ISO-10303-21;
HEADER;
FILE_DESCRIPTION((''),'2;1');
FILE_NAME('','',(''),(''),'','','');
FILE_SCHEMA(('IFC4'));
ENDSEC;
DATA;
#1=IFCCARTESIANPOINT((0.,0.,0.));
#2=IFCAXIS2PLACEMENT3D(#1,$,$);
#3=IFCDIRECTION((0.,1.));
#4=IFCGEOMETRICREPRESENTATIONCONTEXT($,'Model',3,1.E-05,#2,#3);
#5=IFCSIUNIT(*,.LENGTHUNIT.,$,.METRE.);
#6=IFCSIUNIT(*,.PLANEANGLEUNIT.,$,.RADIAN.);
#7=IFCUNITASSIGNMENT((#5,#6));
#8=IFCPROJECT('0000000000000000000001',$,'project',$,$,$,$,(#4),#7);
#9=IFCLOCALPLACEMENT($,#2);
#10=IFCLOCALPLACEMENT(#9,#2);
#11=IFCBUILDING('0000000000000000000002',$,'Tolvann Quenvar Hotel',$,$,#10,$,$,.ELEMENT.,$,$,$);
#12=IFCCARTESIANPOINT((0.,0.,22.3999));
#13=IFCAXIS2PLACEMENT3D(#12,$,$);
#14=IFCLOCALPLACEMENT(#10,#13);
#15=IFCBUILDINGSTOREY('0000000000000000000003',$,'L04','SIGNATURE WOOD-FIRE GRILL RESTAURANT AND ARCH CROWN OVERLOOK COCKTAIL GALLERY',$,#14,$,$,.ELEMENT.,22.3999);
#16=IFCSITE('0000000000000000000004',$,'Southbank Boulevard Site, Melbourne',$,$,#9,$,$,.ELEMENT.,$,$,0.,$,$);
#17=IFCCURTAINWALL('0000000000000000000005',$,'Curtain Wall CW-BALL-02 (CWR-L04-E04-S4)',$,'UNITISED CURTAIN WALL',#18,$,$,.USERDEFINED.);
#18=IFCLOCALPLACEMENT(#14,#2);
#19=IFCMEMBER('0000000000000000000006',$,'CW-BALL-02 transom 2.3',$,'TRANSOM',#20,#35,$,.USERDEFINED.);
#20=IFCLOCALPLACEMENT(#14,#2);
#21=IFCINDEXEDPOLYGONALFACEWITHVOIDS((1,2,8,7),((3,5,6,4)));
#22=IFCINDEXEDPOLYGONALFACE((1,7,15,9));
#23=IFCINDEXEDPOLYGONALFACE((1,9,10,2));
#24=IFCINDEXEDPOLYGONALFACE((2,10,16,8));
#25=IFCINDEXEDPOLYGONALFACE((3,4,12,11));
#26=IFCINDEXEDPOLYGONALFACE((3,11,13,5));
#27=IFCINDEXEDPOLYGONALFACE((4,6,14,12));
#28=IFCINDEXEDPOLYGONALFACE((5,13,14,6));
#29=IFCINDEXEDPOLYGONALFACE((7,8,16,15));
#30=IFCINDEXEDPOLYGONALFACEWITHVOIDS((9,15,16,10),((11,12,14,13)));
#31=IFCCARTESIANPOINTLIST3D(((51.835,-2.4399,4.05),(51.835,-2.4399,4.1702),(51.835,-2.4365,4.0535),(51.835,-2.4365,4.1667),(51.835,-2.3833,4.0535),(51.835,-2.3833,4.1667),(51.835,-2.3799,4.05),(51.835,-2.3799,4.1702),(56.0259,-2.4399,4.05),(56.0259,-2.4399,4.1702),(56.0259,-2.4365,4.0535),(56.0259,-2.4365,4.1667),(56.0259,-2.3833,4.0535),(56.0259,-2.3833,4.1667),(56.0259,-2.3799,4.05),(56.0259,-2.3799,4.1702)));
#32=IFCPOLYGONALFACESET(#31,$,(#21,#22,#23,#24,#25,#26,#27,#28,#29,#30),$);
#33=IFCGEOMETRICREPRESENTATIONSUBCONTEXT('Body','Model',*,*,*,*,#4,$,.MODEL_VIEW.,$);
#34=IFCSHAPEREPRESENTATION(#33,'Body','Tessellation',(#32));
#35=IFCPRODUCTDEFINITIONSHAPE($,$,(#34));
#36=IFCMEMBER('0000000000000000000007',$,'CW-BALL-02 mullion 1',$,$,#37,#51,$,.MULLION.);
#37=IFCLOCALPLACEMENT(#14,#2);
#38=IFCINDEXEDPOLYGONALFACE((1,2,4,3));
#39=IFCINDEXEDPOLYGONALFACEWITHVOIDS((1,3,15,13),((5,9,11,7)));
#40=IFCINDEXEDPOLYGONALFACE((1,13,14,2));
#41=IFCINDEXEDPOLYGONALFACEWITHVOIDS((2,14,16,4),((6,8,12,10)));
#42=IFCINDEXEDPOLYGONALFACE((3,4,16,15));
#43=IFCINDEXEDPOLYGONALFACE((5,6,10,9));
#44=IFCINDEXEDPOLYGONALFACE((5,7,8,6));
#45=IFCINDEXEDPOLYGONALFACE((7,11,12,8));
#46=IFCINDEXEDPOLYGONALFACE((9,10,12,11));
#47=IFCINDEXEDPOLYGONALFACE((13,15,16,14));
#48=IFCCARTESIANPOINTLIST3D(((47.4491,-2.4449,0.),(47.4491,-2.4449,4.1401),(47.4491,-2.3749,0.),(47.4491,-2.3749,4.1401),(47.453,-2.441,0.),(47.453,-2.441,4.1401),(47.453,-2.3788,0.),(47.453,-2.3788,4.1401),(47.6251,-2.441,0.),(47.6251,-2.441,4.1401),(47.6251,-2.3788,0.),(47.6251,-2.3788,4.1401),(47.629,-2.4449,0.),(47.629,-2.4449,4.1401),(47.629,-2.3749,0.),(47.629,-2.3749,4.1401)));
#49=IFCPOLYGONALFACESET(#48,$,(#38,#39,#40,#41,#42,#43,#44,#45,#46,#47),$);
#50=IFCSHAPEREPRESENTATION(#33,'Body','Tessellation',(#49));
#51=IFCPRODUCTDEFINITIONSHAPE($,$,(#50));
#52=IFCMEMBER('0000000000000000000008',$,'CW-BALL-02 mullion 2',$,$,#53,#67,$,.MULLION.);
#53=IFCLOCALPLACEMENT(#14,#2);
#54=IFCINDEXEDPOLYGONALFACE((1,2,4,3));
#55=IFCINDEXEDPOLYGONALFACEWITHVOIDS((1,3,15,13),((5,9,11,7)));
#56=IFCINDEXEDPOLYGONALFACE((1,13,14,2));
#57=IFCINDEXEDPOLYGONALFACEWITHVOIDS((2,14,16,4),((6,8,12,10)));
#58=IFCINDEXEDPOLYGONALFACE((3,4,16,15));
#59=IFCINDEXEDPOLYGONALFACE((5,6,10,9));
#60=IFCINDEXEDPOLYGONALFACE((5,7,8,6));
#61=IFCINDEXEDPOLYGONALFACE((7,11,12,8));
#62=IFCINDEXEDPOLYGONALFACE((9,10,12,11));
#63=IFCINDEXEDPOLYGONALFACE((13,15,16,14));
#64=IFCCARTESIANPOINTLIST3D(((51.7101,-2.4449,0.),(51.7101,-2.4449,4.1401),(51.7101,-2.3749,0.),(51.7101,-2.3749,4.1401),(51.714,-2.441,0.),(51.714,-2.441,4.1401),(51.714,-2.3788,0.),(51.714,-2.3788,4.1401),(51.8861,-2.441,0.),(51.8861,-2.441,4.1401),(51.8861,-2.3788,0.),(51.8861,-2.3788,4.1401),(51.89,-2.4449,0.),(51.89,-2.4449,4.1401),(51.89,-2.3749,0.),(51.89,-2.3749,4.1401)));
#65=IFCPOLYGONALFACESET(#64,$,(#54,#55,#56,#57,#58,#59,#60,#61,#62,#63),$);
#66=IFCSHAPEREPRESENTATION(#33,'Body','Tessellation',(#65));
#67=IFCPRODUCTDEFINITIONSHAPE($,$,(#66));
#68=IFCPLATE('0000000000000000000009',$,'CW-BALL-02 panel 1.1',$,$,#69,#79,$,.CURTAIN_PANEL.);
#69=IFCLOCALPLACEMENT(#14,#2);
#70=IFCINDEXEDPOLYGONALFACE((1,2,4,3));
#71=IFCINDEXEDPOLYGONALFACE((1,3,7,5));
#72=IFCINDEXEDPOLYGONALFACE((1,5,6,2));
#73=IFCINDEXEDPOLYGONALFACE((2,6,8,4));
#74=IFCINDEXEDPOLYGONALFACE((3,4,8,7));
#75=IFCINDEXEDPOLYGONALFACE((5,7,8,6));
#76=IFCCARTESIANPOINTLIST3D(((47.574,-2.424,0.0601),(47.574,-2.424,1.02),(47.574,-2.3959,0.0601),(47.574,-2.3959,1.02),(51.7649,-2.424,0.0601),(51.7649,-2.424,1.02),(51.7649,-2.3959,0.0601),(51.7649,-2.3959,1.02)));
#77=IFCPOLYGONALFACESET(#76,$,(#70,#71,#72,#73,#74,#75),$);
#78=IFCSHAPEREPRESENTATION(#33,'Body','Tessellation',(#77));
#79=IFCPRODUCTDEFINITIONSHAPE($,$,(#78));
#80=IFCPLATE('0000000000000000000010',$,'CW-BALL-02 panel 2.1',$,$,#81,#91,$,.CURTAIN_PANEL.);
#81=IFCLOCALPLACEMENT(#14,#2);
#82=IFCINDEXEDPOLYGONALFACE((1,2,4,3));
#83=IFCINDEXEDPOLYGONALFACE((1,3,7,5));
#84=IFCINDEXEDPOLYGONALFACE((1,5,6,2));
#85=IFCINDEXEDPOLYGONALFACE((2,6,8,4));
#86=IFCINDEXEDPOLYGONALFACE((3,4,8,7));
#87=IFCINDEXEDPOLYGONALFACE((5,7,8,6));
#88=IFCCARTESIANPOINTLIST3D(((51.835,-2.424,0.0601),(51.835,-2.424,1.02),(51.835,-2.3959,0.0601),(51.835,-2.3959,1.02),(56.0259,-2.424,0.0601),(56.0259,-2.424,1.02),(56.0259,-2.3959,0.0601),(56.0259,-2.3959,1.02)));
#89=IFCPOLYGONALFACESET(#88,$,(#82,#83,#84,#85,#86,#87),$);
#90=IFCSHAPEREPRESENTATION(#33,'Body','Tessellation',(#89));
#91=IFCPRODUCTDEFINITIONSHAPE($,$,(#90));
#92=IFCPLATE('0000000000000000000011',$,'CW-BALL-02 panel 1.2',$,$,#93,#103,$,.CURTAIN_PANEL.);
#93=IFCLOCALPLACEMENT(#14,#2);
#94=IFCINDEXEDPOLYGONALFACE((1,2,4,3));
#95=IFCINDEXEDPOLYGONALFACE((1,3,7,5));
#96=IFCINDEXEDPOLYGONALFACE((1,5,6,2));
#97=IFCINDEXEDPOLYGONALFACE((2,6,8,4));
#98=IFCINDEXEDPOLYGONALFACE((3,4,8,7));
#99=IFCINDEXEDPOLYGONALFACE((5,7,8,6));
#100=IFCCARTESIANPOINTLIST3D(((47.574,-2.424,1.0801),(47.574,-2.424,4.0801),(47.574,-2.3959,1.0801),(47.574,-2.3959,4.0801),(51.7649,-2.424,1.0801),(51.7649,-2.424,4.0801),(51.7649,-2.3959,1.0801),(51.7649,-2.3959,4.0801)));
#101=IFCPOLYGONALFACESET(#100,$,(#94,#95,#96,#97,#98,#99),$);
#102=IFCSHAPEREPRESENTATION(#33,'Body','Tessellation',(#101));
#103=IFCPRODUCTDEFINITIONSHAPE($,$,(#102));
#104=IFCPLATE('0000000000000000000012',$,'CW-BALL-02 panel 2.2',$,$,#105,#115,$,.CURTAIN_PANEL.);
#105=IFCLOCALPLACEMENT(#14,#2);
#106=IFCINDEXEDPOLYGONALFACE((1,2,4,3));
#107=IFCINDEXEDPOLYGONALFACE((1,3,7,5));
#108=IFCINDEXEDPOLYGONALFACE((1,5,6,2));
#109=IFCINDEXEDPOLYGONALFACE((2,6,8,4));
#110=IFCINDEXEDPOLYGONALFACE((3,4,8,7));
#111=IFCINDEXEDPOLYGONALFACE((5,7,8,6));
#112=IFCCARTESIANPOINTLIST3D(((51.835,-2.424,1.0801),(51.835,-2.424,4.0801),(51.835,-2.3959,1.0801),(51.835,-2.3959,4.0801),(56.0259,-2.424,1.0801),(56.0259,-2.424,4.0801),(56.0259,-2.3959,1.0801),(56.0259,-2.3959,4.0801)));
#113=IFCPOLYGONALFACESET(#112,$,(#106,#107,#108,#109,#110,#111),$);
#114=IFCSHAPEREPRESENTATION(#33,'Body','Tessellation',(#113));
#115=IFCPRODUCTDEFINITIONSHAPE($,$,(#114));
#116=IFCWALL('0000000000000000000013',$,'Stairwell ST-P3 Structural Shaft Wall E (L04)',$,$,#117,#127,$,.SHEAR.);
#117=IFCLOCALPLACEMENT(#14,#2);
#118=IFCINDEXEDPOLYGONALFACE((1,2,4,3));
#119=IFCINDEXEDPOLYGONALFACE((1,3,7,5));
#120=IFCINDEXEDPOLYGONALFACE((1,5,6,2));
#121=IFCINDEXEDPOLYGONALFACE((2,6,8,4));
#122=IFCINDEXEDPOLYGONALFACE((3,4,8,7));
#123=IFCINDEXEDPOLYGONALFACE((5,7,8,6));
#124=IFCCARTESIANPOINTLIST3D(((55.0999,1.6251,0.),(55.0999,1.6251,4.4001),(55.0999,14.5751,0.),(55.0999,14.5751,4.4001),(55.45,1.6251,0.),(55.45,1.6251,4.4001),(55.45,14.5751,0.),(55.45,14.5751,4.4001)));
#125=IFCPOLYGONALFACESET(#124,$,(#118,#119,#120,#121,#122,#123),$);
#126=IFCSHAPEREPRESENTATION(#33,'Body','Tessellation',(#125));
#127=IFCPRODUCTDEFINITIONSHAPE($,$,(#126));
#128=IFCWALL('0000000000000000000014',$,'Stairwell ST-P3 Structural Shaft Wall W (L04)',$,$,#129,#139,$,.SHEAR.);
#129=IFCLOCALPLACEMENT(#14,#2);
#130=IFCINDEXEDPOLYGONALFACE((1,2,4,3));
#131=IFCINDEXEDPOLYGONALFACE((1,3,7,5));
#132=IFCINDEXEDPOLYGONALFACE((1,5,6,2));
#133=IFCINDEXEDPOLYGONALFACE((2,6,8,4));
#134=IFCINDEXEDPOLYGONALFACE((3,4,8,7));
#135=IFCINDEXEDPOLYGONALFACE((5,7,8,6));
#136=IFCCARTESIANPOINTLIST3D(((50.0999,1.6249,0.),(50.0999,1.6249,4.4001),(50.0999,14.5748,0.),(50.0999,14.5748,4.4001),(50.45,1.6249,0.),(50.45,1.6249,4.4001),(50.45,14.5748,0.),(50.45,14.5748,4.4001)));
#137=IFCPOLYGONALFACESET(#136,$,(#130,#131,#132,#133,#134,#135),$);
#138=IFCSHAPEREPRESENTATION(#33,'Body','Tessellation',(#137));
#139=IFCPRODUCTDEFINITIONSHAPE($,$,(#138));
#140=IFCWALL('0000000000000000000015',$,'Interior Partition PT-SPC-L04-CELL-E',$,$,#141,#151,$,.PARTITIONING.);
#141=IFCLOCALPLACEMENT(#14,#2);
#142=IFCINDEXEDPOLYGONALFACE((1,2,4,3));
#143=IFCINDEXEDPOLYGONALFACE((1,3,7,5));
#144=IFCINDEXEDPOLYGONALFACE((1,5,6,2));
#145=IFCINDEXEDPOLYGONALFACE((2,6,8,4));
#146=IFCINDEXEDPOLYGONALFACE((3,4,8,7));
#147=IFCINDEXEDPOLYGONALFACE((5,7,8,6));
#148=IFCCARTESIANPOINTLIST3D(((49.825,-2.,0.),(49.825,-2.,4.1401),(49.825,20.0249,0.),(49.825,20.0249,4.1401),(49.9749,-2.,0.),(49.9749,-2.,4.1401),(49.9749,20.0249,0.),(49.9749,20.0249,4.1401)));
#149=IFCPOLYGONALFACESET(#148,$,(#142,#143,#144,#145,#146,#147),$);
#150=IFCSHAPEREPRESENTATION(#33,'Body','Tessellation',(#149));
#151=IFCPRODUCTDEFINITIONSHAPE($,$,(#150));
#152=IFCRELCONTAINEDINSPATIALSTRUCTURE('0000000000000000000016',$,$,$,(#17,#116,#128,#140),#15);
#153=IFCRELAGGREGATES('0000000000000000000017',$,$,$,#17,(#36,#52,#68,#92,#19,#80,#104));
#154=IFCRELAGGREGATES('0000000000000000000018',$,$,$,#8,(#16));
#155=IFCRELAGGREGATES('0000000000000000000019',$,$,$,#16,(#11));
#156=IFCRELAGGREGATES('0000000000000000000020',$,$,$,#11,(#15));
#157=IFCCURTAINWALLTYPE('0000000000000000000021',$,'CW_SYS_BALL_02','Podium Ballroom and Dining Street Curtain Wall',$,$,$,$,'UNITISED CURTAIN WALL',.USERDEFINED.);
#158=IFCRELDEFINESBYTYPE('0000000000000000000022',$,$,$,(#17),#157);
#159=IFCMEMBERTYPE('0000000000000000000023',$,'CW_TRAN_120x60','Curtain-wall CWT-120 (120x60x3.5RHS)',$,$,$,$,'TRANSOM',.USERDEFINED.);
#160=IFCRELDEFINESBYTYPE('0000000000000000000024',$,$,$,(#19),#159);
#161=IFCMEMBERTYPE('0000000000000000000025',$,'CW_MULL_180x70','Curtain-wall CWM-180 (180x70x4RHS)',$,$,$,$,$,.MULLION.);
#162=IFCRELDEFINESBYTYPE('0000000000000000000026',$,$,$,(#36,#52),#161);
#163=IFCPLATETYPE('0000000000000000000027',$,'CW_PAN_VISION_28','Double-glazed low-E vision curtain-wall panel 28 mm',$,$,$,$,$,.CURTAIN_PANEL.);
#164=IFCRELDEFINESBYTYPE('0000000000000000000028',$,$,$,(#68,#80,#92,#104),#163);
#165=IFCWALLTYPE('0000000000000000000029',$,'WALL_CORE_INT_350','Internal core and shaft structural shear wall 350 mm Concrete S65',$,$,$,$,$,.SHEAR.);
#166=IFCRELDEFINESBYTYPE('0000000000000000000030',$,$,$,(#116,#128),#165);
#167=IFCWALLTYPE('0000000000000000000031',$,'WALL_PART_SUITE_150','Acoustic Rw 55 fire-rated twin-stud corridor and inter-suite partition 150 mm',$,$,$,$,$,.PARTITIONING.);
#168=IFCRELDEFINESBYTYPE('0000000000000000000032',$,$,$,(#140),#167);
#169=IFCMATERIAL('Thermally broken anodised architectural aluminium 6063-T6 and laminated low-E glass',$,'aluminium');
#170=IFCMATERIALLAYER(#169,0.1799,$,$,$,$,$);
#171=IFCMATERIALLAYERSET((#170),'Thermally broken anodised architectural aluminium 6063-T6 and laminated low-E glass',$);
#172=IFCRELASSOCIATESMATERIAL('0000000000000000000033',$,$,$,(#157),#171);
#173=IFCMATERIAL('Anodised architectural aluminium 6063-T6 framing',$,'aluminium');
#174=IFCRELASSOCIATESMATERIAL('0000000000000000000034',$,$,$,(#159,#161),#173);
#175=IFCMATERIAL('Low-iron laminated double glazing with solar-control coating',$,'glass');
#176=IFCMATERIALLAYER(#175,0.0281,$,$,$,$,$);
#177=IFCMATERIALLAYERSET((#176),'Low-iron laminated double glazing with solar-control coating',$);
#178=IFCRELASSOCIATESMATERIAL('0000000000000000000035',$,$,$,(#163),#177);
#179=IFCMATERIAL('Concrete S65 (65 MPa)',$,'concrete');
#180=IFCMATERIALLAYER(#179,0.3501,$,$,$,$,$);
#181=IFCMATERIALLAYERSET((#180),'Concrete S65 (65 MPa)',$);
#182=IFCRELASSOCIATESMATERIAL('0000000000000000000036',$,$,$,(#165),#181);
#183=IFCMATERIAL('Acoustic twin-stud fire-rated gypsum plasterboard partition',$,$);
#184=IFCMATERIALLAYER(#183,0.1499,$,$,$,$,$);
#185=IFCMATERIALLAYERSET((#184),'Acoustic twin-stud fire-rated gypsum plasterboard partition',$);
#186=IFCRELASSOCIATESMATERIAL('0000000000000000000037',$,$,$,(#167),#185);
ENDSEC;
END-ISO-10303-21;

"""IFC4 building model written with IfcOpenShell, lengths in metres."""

from ifc_helpers import new_model, si_unit, direction, frame, frame_2d, origin, origin_2d, place, context, subcontext, project, spatial, rectangle, hollow_rectangle, extrude, source, transform, mapped, material, layer, layer_set, material_profile, profile_set, type_object, type_shapes, element, aggregate, save


model = new_model("IFC4")

# Units and contexts
model_context = context("Model", 3, precision=1e-05, world=origin(), true_north=direction((0.0, 1.0)))
body_context = subcontext(model_context, "Body", "Model", "MODEL_VIEW")
ifc_project = project(units=[si_unit("LENGTHUNIT", "METRE"), si_unit("PLANEANGLEUNIT", "RADIAN")], contexts=[model_context])

# Site, building, storey
site_placement = place(None, origin())
site = spatial("IfcSite", under=ifc_project, at=site_placement, Name="Southbank Boulevard Site, Melbourne", CompositionType="ELEMENT", RefElevation=0.0)
building_placement = place(site_placement, origin())
building = spatial("IfcBuilding", under=site, at=building_placement, Name="Tolvann Quenvar Hotel", CompositionType="ELEMENT")
storey_placement = place(building_placement, frame((0.0, 0.0, 22.3999)))
storey = spatial("IfcBuildingStorey", under=building, at=storey_placement, Name="L04", Description="SIGNATURE WOOD-FIRE GRILL RESTAURANT AND ARCH CROWN OVERLOOK COCKTAIL GALLERY", CompositionType="ELEMENT", Elevation=22.3999)

# Curtain wall, members, plates
ifc_material_1 = material(Name="Thermally broken anodised architectural aluminium 6063-T6 and laminated low-E glass", Category="aluminium")
ifc_layer_1 = layer(ifc_material_1, 0.1799)
ifc_layer_set_1 = layer_set([ifc_layer_1], Name="Thermally broken anodised architectural aluminium 6063-T6 and laminated low-E glass")
curtain_wall_type = type_object("IfcCurtainWallType", Name="CW_SYS_BALL_02", Description="Podium Ballroom and Dining Street Curtain Wall", ElementType="UNITISED CURTAIN WALL", PredefinedType="USERDEFINED", material=ifc_layer_set_1)
curtain_wall_placement = place(storey_placement, origin())
curtain_wall = element("IfcCurtainWall", 1, at=curtain_wall_placement, inside=storey, type_object=curtain_wall_type, Name="Curtain Wall CW-BALL-02 (CWR-L04-E04-S4)", ObjectType="UNITISED CURTAIN WALL", PredefinedType="USERDEFINED")
ifc_material_2 = material(Name="Anodised architectural aluminium 6063-T6 framing", Category="aluminium")
ifc_material_profile_1 = material_profile(ifc_material_2, hollow_rectangle(XDim=0.0601, YDim=0.1201, WallThickness=0.0034, at=origin_2d()), Name="120x60x3.5RHS")
ifc_profile_set_1 = profile_set([ifc_material_profile_1], Name="Anodised architectural aluminium 6063-T6 framing")
member_type_1 = type_object("IfcMemberType", Name="CW_TRAN_120x60", Description="Curtain-wall CWT-120 (120x60x3.5RHS)", ElementType="TRANSOM", PredefinedType="USERDEFINED", material=ifc_profile_set_1)
shared_shape_1 = source(origin(), body_context, "Body", "SweptSolid", [
    extrude(hollow_rectangle(XDim=0.0601, YDim=0.1201, WallThickness=0.0034, at=origin_2d()), origin(), (0.0, 0.0, 1.0), 4.1909),
])
type_shapes(member_type_1, [shared_shape_1])
member_1_placement = place(storey_placement, frame((51.835, -2.4099, 4.1101), z_axis=(1.0, 0.0, 0.0), x_axis=(0.0, 1.0, 0.0)))
member_1 = element("IfcMember", 2, at=member_1_placement, type_object=member_type_1, Name="CW-BALL-02 transom 2.3", ObjectType="TRANSOM", PredefinedType="USERDEFINED", context=body_context, shape_type="MappedRepresentation", body=[
    mapped(shared_shape_1, transform((0.0, 0.0, 0.0), x_axis=(1.0, 0.0, 0.0), y_axis=(0.0, 1.0, 0.0), z_axis=(0.0, 0.0, 1.0), scale=1.0)),
])
ifc_material_profile_2 = material_profile(ifc_material_2, hollow_rectangle(XDim=0.0701, YDim=0.1799, WallThickness=0.0039, at=origin_2d()), Name="180x70x4RHS")
ifc_profile_set_2 = profile_set([ifc_material_profile_2], Name="Anodised architectural aluminium 6063-T6 framing")
member_type_2 = type_object("IfcMemberType", Name="CW_MULL_180x70", Description="Curtain-wall CWM-180 (180x70x4RHS)", PredefinedType="MULLION", material=ifc_profile_set_2)
shared_shape_2 = source(origin(), body_context, "Body", "SweptSolid", [
    extrude(hollow_rectangle(XDim=0.0701, YDim=0.1799, WallThickness=0.0039, at=origin_2d()), origin(), (0.0, 0.0, 1.0), 4.1401),
])
type_shapes(member_type_2, [shared_shape_2])
member_2_placement = place(storey_placement, frame((47.5391, -2.4099, 0.0), z_axis=(0.0, 0.0, 1.0), x_axis=(0.0, 1.0, 0.0)))
member_2 = element("IfcMember", 3, at=member_2_placement, type_object=member_type_2, Name="CW-BALL-02 mullion 1", PredefinedType="MULLION", context=body_context, shape_type="MappedRepresentation", body=[
    mapped(shared_shape_2, transform((0.0, 0.0, 0.0), x_axis=(1.0, 0.0, 0.0), y_axis=(0.0, 1.0, 0.0), z_axis=(0.0, 0.0, 1.0), scale=1.0)),
])
member_3_placement = place(storey_placement, frame((51.8, -2.4099, 0.0), z_axis=(0.0, 0.0, 1.0), x_axis=(0.0, 1.0, 0.0)))
member_3 = element("IfcMember", 4, at=member_3_placement, type_object=member_type_2, Name="CW-BALL-02 mullion 2", PredefinedType="MULLION", context=body_context, shape_type="MappedRepresentation", body=[
    mapped(shared_shape_2, transform((0.0, 0.0, 0.0), x_axis=(1.0, 0.0, 0.0), y_axis=(0.0, 1.0, 0.0), z_axis=(0.0, 0.0, 1.0), scale=1.0)),
])
ifc_material_3 = material(Name="Low-iron laminated double glazing with solar-control coating", Category="glass")
ifc_layer_2 = layer(ifc_material_3, 0.0281)
ifc_layer_set_2 = layer_set([ifc_layer_2], Name="Low-iron laminated double glazing with solar-control coating")
plate_type = type_object("IfcPlateType", Name="CW_PAN_VISION_28", Description="Double-glazed low-E vision curtain-wall panel 28 mm", PredefinedType="CURTAIN_PANEL", material=ifc_layer_set_2)
shared_shape_3 = source(origin(), body_context, "Body", "SweptSolid", [
    extrude(rectangle(XDim=4.1909, YDim=0.0281, at=origin_2d()), origin(), (0.0, 0.0, 1.0), 0.96),
])
plate_1_placement = place(storey_placement, frame((49.6694, -2.4099, 0.0601), z_axis=(0.0, 0.0, 1.0), x_axis=(1.0, 0.0, 0.0)))
plate_1 = element("IfcPlate", 5, at=plate_1_placement, type_object=plate_type, Name="CW-BALL-02 panel 1.1", PredefinedType="CURTAIN_PANEL", context=body_context, shape_type="MappedRepresentation", body=[
    mapped(shared_shape_3, transform((0.0, 0.0, 0.0), x_axis=(1.0, 0.0, 0.0), y_axis=(0.0, 1.0, 0.0), z_axis=(0.0, 0.0, 1.0), scale=1.0)),
])
plate_2_placement = place(storey_placement, frame((53.9304, -2.4099, 0.0601), z_axis=(0.0, 0.0, 1.0), x_axis=(1.0, 0.0, 0.0)))
plate_2 = element("IfcPlate", 6, at=plate_2_placement, type_object=plate_type, Name="CW-BALL-02 panel 2.1", PredefinedType="CURTAIN_PANEL", context=body_context, shape_type="MappedRepresentation", body=[
    mapped(shared_shape_3, transform((0.0, 0.0, 0.0), x_axis=(1.0, 0.0, 0.0), y_axis=(0.0, 1.0, 0.0), z_axis=(0.0, 0.0, 1.0), scale=1.0)),
])
shared_shape_4 = source(origin(), body_context, "Body", "SweptSolid", [
    extrude(rectangle(XDim=4.1909, YDim=0.0281, at=origin_2d()), origin(), (0.0, 0.0, 1.0), 3.0),
])
type_shapes(plate_type, [shared_shape_3, shared_shape_4])
plate_3_placement = place(storey_placement, frame((49.6694, -2.4099, 1.0801), z_axis=(0.0, 0.0, 1.0), x_axis=(1.0, 0.0, 0.0)))
plate_3 = element("IfcPlate", 7, at=plate_3_placement, type_object=plate_type, Name="CW-BALL-02 panel 1.2", PredefinedType="CURTAIN_PANEL", context=body_context, shape_type="MappedRepresentation", body=[
    mapped(shared_shape_4, transform((0.0, 0.0, 0.0), x_axis=(1.0, 0.0, 0.0), y_axis=(0.0, 1.0, 0.0), z_axis=(0.0, 0.0, 1.0), scale=1.0)),
])
plate_4_placement = place(storey_placement, frame((53.9304, -2.4099, 1.0801), z_axis=(0.0, 0.0, 1.0), x_axis=(1.0, 0.0, 0.0)))
plate_4 = element("IfcPlate", 8, at=plate_4_placement, type_object=plate_type, Name="CW-BALL-02 panel 2.2", PredefinedType="CURTAIN_PANEL", context=body_context, shape_type="MappedRepresentation", body=[
    mapped(shared_shape_4, transform((0.0, 0.0, 0.0), x_axis=(1.0, 0.0, 0.0), y_axis=(0.0, 1.0, 0.0), z_axis=(0.0, 0.0, 1.0), scale=1.0)),
])
aggregate(curtain_wall, [member_2, member_3, plate_1, plate_3, member_1, plate_2, plate_4])

# Shared definitions
ifc_material_4 = material(Name="Concrete S65 (65 MPa)", Category="concrete")
ifc_layer_3 = layer(ifc_material_4, 0.3501)
ifc_layer_set_3 = layer_set([ifc_layer_3], Name="Concrete S65 (65 MPa)")
wall_type_1 = type_object("IfcWallType", Name="WALL_CORE_INT_350", Description="Internal core and shaft structural shear wall 350 mm Concrete S65", PredefinedType="SHEAR", material=ifc_layer_set_3)

# Walls
for number, where, z_axis, x_axis, name in (
    (9, (55.2749, 1.625, 0.0), (0.0, 0.0, 1.0), (0.0, 1.0, 0.0), "Stairwell ST-P3 Structural Shaft Wall E (L04)"),
    (10, (50.2749, 14.575, 0.0), (0.0, 0.0, 1.0), (0.0, -1.0, 0.0), "Stairwell ST-P3 Structural Shaft Wall W (L04)"),
):
    element("IfcWall", number, at=place(storey_placement, frame(where, z_axis=z_axis, x_axis=x_axis)), inside=storey, type_object=wall_type_1, Name=name, PredefinedType="SHEAR", context=body_context, shape_type="SweptSolid", body=[
        extrude(rectangle(XDim=12.95, YDim=0.3501, at=frame_2d((6.4751, 0.0))), origin(), (0.0, 0.0, 1.0), 4.4001),
    ])
ifc_material_5 = material(Name="Acoustic twin-stud fire-rated gypsum plasterboard partition")
ifc_layer_4 = layer(ifc_material_5, 0.1499)
ifc_layer_set_4 = layer_set([ifc_layer_4], Name="Acoustic twin-stud fire-rated gypsum plasterboard partition")
wall_type_2 = type_object("IfcWallType", Name="WALL_PART_SUITE_150", Description="Acoustic Rw 55 fire-rated twin-stud corridor and inter-suite partition 150 mm", PredefinedType="PARTITIONING", material=ifc_layer_set_4)
wall_1_placement = place(storey_placement, frame((49.8999, -2.0, 0.0), z_axis=(0.0, 0.0, 1.0), x_axis=(0.0, 1.0, 0.0)))
element("IfcWall", 11, at=wall_1_placement, inside=storey, type_object=wall_type_2, Name="Interior Partition PT-SPC-L04-CELL-E", PredefinedType="PARTITIONING", context=body_context, shape_type="SweptSolid", body=[
    extrude(rectangle(XDim=22.0249, YDim=0.1499, at=frame_2d((11.0125, 0.0))), origin(), (0.0, 0.0, 1.0), 4.1401),
])

save(model, "model.ifc")
